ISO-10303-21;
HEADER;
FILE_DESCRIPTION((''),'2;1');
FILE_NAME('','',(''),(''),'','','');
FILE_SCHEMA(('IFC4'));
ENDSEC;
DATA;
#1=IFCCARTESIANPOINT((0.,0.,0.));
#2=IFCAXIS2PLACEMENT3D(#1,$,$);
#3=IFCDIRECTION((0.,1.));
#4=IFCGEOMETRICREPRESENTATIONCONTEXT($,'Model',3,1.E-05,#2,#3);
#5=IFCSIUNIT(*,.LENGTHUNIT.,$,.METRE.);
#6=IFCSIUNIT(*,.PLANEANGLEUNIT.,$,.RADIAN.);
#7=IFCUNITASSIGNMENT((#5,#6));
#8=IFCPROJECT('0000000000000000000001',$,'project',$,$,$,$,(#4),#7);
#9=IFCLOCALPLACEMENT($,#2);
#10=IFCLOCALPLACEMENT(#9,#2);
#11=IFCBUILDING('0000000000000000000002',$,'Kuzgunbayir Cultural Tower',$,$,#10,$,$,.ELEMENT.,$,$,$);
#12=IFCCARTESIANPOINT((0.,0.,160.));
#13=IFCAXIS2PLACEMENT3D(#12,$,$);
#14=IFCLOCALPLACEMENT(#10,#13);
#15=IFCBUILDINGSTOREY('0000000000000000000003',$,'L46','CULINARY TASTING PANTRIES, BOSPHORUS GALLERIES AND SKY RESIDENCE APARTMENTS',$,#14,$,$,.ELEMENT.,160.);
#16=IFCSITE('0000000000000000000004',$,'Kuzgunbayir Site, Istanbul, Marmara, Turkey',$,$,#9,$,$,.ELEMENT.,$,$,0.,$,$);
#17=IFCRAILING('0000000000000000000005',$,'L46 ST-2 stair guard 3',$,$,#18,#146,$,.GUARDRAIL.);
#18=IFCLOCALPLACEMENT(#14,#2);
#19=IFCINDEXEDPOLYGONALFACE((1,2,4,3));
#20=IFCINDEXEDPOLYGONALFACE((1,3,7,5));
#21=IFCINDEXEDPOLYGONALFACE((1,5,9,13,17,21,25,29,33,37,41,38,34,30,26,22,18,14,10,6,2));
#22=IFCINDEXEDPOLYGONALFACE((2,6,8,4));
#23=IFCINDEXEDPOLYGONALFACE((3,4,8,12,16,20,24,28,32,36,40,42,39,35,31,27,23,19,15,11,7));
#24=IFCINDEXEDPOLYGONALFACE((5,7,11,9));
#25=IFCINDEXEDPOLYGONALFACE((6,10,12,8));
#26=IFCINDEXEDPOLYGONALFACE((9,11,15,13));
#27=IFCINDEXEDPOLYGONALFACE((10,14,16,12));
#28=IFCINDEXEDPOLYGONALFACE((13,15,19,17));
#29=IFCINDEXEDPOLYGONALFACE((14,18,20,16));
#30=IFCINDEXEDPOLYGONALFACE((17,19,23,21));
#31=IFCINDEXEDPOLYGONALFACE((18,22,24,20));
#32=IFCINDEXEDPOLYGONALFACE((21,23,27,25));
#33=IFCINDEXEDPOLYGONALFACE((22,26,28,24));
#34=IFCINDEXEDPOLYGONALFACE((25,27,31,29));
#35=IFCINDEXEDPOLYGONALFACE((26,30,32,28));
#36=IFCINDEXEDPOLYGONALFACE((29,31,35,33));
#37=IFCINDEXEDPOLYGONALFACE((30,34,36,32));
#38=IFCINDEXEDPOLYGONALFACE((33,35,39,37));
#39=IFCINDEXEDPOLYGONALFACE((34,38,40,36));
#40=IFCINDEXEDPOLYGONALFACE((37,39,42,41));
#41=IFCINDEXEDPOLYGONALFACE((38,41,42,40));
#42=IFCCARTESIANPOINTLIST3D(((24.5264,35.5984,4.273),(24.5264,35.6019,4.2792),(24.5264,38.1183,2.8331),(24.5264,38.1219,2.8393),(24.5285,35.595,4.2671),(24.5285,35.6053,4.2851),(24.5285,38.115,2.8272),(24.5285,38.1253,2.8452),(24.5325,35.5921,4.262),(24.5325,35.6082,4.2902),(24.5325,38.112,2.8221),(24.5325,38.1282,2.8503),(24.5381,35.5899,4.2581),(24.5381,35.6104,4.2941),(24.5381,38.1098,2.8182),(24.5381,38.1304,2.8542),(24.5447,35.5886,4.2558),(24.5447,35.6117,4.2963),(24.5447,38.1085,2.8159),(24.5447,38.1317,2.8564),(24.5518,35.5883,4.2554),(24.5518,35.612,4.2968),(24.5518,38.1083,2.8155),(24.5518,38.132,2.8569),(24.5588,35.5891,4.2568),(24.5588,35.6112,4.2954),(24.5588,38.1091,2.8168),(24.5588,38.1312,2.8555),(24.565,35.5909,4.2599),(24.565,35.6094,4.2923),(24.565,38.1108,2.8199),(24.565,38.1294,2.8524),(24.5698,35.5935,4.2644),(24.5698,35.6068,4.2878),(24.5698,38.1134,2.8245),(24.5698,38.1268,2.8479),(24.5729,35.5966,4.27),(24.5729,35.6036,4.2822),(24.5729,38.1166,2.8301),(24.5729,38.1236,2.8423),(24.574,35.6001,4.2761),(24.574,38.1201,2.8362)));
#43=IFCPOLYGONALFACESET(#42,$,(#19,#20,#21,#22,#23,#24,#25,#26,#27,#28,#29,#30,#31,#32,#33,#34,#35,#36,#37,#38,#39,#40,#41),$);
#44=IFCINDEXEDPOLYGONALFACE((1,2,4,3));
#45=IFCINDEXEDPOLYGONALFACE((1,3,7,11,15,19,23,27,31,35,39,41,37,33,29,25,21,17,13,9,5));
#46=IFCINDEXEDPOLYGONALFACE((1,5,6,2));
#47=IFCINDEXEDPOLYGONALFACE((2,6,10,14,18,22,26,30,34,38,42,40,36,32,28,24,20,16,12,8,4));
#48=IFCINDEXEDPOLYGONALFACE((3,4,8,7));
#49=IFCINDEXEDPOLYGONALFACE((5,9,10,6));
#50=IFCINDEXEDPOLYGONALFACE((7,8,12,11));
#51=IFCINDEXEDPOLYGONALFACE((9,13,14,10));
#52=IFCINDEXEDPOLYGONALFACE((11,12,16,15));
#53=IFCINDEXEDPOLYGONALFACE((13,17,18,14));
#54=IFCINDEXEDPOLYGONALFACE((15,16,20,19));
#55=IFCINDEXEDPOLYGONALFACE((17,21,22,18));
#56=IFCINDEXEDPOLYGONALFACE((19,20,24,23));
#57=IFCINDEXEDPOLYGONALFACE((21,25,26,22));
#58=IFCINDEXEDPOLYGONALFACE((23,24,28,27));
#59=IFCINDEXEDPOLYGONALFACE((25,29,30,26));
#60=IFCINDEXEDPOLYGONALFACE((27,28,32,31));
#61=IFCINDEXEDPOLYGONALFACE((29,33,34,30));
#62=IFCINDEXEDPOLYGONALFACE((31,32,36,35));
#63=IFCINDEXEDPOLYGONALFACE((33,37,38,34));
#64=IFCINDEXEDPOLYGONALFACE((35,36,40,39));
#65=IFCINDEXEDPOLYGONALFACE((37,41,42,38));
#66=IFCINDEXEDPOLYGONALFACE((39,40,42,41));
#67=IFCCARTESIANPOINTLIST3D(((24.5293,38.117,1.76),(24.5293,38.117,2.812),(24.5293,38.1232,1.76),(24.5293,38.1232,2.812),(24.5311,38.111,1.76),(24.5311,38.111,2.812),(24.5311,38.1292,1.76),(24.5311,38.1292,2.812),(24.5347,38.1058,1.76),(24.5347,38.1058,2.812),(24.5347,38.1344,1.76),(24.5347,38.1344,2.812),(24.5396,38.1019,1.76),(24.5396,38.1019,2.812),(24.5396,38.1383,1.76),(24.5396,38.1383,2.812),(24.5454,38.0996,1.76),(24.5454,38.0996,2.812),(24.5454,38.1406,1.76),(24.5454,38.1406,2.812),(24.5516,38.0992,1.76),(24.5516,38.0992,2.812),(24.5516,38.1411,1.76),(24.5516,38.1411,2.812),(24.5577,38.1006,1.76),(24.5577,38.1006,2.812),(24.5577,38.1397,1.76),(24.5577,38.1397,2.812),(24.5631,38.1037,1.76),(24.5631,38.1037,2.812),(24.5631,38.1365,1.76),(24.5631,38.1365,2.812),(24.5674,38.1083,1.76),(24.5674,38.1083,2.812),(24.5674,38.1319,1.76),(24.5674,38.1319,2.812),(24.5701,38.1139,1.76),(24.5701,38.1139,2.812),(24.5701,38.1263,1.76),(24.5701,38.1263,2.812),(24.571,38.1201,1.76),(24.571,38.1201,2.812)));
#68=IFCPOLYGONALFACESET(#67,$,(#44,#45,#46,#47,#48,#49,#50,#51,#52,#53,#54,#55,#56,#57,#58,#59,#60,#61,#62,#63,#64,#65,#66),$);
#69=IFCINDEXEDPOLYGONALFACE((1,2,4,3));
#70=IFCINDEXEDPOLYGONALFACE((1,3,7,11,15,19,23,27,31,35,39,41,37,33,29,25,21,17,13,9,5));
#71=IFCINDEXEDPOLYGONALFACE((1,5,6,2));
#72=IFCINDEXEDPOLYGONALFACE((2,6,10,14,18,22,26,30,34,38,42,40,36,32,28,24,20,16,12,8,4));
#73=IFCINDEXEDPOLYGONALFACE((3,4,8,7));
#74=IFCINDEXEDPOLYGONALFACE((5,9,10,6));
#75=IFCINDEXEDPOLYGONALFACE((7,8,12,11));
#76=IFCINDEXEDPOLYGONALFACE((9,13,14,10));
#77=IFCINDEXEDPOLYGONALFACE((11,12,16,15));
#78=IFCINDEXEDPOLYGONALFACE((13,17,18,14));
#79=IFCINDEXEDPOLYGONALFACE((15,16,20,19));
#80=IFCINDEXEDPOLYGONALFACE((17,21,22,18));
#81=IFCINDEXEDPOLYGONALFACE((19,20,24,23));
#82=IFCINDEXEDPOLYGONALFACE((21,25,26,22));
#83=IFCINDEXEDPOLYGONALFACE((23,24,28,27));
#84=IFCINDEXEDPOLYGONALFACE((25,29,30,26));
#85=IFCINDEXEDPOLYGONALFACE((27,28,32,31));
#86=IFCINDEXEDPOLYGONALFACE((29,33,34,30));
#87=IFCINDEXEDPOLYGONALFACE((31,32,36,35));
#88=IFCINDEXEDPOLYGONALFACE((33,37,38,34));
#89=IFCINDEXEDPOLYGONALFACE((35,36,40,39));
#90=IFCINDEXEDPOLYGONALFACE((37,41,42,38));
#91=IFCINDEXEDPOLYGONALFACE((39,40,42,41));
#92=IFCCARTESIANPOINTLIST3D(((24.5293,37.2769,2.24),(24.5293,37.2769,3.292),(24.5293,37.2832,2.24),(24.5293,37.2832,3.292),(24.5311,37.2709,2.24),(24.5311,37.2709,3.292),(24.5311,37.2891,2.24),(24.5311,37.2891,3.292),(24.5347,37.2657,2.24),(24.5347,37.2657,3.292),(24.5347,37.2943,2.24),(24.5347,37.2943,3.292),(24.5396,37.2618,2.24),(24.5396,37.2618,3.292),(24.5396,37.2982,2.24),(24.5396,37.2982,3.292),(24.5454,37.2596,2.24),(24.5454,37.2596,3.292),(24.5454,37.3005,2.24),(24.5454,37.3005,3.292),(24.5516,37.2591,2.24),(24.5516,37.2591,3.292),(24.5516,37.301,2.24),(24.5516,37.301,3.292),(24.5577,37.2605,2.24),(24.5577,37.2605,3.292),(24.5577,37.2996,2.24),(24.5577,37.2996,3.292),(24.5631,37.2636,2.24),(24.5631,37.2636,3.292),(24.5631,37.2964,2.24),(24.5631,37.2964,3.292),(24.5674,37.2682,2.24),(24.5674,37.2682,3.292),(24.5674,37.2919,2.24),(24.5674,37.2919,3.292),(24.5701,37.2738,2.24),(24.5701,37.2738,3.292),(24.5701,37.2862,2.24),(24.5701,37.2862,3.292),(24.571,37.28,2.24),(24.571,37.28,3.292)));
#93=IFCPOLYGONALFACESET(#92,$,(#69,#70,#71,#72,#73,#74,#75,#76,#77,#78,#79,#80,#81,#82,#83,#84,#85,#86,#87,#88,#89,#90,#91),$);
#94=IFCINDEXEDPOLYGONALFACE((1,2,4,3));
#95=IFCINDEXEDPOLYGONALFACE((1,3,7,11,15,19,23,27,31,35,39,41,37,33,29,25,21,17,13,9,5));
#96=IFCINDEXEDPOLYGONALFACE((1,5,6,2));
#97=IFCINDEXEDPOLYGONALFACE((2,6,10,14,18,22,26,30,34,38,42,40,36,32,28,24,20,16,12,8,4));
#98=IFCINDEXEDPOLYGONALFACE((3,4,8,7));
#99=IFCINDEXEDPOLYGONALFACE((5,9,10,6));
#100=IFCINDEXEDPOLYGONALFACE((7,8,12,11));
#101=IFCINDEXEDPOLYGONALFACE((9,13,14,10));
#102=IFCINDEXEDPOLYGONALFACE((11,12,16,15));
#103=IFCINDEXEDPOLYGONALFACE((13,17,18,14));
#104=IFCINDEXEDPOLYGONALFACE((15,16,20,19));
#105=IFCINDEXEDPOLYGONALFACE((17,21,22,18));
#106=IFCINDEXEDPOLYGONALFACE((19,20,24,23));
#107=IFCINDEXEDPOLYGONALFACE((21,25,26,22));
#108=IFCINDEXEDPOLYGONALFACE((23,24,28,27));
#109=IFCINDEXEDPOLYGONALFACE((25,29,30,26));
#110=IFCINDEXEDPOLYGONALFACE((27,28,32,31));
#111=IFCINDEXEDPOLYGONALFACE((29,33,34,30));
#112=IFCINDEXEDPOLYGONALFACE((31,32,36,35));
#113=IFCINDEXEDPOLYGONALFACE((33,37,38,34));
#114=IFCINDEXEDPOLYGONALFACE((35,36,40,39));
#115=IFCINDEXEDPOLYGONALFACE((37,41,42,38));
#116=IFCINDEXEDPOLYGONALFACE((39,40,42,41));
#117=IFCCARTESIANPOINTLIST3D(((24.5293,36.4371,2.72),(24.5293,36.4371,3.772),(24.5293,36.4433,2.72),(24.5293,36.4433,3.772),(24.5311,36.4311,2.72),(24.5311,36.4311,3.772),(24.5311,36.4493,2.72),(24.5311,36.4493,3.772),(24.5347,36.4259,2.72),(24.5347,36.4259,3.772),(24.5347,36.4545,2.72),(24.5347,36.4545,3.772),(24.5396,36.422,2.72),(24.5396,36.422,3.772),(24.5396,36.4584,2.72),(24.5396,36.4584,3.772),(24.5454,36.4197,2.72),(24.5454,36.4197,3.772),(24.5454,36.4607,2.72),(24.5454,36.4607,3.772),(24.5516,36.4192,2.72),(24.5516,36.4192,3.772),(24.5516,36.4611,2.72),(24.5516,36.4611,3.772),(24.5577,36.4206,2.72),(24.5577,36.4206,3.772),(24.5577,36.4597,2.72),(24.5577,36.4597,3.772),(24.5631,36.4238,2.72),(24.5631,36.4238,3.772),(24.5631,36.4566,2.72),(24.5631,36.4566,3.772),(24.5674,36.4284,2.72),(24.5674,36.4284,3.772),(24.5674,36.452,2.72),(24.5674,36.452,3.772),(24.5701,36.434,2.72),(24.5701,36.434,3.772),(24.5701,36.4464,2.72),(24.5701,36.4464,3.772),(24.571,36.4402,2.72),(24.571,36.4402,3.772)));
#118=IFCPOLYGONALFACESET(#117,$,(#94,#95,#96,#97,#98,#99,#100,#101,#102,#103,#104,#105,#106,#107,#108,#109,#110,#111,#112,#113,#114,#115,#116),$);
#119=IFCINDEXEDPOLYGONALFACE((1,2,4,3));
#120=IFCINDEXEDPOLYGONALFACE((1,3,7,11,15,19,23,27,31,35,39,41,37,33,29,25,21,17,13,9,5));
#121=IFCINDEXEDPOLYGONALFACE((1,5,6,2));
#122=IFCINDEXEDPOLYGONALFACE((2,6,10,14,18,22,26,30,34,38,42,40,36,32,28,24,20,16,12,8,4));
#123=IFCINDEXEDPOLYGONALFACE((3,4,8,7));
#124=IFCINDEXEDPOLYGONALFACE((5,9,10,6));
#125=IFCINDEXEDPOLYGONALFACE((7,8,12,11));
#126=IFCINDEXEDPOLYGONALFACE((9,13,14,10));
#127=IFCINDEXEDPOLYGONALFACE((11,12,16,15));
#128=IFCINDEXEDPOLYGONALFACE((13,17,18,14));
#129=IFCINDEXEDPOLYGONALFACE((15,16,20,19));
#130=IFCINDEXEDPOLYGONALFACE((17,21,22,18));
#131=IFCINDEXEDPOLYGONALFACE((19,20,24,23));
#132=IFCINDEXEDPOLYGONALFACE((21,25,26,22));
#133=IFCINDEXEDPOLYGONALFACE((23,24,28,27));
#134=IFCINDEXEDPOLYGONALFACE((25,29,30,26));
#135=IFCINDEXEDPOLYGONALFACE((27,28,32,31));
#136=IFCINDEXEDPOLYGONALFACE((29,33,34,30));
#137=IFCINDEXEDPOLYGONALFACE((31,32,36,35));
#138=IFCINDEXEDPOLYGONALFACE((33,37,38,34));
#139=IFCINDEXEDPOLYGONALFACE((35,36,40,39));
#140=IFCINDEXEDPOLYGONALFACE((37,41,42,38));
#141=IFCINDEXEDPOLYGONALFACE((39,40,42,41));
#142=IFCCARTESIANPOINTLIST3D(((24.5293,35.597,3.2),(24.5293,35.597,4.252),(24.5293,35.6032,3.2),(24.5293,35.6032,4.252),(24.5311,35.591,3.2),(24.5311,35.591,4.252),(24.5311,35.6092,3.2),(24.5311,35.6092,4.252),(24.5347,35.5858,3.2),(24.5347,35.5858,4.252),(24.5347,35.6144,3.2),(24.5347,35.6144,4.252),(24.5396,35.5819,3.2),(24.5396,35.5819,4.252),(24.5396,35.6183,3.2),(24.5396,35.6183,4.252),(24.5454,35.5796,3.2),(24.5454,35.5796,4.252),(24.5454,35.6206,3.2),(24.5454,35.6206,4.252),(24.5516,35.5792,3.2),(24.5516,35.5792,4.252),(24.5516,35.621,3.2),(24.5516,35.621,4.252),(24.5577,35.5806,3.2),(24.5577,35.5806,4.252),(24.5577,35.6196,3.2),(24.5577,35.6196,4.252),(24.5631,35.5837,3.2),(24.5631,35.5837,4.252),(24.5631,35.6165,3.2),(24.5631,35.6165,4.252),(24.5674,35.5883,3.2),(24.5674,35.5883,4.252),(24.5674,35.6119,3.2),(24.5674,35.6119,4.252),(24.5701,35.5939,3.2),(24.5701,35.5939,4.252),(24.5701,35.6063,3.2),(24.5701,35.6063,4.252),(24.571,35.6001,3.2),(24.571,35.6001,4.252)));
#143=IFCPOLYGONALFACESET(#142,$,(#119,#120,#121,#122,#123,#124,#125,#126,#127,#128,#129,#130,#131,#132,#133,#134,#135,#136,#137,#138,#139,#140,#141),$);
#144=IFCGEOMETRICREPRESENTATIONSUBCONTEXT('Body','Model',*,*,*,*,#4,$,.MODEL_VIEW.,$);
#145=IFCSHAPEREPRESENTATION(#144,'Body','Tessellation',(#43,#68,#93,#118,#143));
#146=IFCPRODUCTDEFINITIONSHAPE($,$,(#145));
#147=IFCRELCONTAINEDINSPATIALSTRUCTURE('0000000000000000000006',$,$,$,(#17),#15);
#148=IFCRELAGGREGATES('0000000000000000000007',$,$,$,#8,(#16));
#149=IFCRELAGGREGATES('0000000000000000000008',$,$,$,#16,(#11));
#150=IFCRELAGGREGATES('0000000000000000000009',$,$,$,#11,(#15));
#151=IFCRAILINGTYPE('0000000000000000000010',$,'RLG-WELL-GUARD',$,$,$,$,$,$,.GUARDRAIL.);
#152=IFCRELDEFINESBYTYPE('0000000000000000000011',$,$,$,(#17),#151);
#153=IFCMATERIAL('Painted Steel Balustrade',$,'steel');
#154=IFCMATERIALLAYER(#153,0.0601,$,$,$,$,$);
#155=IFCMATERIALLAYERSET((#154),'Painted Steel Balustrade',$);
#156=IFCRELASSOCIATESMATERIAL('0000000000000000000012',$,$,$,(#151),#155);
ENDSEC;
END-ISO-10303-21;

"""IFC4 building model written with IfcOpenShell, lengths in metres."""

from ifc_helpers import new_model, si_unit, direction, frame, origin, origin_2d, place, context, subcontext, project, spatial, circle, extrude, material, layer, layer_set, type_object, element, save


model = new_model("IFC4")

# Units and contexts
model_context = context("Model", 3, precision=1e-05, world=origin(), true_north=direction((0.0, 1.0)))
body_context = subcontext(model_context, "Body", "Model", "MODEL_VIEW")
ifc_project = project(units=[si_unit("LENGTHUNIT", "METRE"), si_unit("PLANEANGLEUNIT", "RADIAN")], contexts=[model_context])

# Site, building, storey
site_placement = place(None, origin())
site = spatial("IfcSite", under=ifc_project, at=site_placement, Name="Kuzgunbayir Site, Istanbul, Marmara, Turkey", CompositionType="ELEMENT", RefElevation=0.0)
building_placement = place(site_placement, origin())
building = spatial("IfcBuilding", under=site, at=building_placement, Name="Kuzgunbayir Cultural Tower", CompositionType="ELEMENT")
storey_placement = place(building_placement, frame((0.0, 0.0, 160.0)))
storey = spatial("IfcBuildingStorey", under=building, at=storey_placement, Name="L46", Description="CULINARY TASTING PANTRIES, BOSPHORUS GALLERIES AND SKY RESIDENCE APARTMENTS", CompositionType="ELEMENT", Elevation=160.0)

# Railing
ifc_material_1 = material(Name="Painted Steel Balustrade", Category="steel")
ifc_layer_1 = layer(ifc_material_1, 0.0601)
ifc_layer_set_1 = layer_set([ifc_layer_1], Name="Painted Steel Balustrade")
railing_type_1 = type_object("IfcRailingType", Name="RLG-WELL-GUARD", PredefinedType="GUARDRAIL", material=ifc_layer_set_1)
railing_1_placement = place(storey_placement, frame((24.55, 38.1201, 1.76)))
element("IfcRailing", 1, at=railing_1_placement, inside=storey, type_object=railing_type_1, Name="L46 ST-2 stair guard 3", PredefinedType="GUARDRAIL", context=body_context, shape_type="SweptSolid", body=[
    extrude(circle(Radius=0.0239, at=origin_2d()), frame((0.0, 0.0, 1.0762), z_axis=(0.0, -0.868253, 0.496121), x_axis=(1.0, 0.0, 0.0)), (0.0, 0.0, 1.0), 2.9023),
    extrude(circle(Radius=0.021, at=origin_2d()), origin(), (0.0, 0.0, 1.0), 1.052),
    extrude(circle(Radius=0.021, at=origin_2d()), frame((0.0, -0.8401, 0.48)), (0.0, 0.0, 1.0), 1.052),
    extrude(circle(Radius=0.021, at=origin_2d()), frame((0.0, -1.6799, 0.96)), (0.0, 0.0, 1.0), 1.052),
    extrude(circle(Radius=0.021, at=origin_2d()), frame((0.0, -2.52, 1.4399)), (0.0, 0.0, 1.0), 1.052),
])

save(model, "model.ifc")
